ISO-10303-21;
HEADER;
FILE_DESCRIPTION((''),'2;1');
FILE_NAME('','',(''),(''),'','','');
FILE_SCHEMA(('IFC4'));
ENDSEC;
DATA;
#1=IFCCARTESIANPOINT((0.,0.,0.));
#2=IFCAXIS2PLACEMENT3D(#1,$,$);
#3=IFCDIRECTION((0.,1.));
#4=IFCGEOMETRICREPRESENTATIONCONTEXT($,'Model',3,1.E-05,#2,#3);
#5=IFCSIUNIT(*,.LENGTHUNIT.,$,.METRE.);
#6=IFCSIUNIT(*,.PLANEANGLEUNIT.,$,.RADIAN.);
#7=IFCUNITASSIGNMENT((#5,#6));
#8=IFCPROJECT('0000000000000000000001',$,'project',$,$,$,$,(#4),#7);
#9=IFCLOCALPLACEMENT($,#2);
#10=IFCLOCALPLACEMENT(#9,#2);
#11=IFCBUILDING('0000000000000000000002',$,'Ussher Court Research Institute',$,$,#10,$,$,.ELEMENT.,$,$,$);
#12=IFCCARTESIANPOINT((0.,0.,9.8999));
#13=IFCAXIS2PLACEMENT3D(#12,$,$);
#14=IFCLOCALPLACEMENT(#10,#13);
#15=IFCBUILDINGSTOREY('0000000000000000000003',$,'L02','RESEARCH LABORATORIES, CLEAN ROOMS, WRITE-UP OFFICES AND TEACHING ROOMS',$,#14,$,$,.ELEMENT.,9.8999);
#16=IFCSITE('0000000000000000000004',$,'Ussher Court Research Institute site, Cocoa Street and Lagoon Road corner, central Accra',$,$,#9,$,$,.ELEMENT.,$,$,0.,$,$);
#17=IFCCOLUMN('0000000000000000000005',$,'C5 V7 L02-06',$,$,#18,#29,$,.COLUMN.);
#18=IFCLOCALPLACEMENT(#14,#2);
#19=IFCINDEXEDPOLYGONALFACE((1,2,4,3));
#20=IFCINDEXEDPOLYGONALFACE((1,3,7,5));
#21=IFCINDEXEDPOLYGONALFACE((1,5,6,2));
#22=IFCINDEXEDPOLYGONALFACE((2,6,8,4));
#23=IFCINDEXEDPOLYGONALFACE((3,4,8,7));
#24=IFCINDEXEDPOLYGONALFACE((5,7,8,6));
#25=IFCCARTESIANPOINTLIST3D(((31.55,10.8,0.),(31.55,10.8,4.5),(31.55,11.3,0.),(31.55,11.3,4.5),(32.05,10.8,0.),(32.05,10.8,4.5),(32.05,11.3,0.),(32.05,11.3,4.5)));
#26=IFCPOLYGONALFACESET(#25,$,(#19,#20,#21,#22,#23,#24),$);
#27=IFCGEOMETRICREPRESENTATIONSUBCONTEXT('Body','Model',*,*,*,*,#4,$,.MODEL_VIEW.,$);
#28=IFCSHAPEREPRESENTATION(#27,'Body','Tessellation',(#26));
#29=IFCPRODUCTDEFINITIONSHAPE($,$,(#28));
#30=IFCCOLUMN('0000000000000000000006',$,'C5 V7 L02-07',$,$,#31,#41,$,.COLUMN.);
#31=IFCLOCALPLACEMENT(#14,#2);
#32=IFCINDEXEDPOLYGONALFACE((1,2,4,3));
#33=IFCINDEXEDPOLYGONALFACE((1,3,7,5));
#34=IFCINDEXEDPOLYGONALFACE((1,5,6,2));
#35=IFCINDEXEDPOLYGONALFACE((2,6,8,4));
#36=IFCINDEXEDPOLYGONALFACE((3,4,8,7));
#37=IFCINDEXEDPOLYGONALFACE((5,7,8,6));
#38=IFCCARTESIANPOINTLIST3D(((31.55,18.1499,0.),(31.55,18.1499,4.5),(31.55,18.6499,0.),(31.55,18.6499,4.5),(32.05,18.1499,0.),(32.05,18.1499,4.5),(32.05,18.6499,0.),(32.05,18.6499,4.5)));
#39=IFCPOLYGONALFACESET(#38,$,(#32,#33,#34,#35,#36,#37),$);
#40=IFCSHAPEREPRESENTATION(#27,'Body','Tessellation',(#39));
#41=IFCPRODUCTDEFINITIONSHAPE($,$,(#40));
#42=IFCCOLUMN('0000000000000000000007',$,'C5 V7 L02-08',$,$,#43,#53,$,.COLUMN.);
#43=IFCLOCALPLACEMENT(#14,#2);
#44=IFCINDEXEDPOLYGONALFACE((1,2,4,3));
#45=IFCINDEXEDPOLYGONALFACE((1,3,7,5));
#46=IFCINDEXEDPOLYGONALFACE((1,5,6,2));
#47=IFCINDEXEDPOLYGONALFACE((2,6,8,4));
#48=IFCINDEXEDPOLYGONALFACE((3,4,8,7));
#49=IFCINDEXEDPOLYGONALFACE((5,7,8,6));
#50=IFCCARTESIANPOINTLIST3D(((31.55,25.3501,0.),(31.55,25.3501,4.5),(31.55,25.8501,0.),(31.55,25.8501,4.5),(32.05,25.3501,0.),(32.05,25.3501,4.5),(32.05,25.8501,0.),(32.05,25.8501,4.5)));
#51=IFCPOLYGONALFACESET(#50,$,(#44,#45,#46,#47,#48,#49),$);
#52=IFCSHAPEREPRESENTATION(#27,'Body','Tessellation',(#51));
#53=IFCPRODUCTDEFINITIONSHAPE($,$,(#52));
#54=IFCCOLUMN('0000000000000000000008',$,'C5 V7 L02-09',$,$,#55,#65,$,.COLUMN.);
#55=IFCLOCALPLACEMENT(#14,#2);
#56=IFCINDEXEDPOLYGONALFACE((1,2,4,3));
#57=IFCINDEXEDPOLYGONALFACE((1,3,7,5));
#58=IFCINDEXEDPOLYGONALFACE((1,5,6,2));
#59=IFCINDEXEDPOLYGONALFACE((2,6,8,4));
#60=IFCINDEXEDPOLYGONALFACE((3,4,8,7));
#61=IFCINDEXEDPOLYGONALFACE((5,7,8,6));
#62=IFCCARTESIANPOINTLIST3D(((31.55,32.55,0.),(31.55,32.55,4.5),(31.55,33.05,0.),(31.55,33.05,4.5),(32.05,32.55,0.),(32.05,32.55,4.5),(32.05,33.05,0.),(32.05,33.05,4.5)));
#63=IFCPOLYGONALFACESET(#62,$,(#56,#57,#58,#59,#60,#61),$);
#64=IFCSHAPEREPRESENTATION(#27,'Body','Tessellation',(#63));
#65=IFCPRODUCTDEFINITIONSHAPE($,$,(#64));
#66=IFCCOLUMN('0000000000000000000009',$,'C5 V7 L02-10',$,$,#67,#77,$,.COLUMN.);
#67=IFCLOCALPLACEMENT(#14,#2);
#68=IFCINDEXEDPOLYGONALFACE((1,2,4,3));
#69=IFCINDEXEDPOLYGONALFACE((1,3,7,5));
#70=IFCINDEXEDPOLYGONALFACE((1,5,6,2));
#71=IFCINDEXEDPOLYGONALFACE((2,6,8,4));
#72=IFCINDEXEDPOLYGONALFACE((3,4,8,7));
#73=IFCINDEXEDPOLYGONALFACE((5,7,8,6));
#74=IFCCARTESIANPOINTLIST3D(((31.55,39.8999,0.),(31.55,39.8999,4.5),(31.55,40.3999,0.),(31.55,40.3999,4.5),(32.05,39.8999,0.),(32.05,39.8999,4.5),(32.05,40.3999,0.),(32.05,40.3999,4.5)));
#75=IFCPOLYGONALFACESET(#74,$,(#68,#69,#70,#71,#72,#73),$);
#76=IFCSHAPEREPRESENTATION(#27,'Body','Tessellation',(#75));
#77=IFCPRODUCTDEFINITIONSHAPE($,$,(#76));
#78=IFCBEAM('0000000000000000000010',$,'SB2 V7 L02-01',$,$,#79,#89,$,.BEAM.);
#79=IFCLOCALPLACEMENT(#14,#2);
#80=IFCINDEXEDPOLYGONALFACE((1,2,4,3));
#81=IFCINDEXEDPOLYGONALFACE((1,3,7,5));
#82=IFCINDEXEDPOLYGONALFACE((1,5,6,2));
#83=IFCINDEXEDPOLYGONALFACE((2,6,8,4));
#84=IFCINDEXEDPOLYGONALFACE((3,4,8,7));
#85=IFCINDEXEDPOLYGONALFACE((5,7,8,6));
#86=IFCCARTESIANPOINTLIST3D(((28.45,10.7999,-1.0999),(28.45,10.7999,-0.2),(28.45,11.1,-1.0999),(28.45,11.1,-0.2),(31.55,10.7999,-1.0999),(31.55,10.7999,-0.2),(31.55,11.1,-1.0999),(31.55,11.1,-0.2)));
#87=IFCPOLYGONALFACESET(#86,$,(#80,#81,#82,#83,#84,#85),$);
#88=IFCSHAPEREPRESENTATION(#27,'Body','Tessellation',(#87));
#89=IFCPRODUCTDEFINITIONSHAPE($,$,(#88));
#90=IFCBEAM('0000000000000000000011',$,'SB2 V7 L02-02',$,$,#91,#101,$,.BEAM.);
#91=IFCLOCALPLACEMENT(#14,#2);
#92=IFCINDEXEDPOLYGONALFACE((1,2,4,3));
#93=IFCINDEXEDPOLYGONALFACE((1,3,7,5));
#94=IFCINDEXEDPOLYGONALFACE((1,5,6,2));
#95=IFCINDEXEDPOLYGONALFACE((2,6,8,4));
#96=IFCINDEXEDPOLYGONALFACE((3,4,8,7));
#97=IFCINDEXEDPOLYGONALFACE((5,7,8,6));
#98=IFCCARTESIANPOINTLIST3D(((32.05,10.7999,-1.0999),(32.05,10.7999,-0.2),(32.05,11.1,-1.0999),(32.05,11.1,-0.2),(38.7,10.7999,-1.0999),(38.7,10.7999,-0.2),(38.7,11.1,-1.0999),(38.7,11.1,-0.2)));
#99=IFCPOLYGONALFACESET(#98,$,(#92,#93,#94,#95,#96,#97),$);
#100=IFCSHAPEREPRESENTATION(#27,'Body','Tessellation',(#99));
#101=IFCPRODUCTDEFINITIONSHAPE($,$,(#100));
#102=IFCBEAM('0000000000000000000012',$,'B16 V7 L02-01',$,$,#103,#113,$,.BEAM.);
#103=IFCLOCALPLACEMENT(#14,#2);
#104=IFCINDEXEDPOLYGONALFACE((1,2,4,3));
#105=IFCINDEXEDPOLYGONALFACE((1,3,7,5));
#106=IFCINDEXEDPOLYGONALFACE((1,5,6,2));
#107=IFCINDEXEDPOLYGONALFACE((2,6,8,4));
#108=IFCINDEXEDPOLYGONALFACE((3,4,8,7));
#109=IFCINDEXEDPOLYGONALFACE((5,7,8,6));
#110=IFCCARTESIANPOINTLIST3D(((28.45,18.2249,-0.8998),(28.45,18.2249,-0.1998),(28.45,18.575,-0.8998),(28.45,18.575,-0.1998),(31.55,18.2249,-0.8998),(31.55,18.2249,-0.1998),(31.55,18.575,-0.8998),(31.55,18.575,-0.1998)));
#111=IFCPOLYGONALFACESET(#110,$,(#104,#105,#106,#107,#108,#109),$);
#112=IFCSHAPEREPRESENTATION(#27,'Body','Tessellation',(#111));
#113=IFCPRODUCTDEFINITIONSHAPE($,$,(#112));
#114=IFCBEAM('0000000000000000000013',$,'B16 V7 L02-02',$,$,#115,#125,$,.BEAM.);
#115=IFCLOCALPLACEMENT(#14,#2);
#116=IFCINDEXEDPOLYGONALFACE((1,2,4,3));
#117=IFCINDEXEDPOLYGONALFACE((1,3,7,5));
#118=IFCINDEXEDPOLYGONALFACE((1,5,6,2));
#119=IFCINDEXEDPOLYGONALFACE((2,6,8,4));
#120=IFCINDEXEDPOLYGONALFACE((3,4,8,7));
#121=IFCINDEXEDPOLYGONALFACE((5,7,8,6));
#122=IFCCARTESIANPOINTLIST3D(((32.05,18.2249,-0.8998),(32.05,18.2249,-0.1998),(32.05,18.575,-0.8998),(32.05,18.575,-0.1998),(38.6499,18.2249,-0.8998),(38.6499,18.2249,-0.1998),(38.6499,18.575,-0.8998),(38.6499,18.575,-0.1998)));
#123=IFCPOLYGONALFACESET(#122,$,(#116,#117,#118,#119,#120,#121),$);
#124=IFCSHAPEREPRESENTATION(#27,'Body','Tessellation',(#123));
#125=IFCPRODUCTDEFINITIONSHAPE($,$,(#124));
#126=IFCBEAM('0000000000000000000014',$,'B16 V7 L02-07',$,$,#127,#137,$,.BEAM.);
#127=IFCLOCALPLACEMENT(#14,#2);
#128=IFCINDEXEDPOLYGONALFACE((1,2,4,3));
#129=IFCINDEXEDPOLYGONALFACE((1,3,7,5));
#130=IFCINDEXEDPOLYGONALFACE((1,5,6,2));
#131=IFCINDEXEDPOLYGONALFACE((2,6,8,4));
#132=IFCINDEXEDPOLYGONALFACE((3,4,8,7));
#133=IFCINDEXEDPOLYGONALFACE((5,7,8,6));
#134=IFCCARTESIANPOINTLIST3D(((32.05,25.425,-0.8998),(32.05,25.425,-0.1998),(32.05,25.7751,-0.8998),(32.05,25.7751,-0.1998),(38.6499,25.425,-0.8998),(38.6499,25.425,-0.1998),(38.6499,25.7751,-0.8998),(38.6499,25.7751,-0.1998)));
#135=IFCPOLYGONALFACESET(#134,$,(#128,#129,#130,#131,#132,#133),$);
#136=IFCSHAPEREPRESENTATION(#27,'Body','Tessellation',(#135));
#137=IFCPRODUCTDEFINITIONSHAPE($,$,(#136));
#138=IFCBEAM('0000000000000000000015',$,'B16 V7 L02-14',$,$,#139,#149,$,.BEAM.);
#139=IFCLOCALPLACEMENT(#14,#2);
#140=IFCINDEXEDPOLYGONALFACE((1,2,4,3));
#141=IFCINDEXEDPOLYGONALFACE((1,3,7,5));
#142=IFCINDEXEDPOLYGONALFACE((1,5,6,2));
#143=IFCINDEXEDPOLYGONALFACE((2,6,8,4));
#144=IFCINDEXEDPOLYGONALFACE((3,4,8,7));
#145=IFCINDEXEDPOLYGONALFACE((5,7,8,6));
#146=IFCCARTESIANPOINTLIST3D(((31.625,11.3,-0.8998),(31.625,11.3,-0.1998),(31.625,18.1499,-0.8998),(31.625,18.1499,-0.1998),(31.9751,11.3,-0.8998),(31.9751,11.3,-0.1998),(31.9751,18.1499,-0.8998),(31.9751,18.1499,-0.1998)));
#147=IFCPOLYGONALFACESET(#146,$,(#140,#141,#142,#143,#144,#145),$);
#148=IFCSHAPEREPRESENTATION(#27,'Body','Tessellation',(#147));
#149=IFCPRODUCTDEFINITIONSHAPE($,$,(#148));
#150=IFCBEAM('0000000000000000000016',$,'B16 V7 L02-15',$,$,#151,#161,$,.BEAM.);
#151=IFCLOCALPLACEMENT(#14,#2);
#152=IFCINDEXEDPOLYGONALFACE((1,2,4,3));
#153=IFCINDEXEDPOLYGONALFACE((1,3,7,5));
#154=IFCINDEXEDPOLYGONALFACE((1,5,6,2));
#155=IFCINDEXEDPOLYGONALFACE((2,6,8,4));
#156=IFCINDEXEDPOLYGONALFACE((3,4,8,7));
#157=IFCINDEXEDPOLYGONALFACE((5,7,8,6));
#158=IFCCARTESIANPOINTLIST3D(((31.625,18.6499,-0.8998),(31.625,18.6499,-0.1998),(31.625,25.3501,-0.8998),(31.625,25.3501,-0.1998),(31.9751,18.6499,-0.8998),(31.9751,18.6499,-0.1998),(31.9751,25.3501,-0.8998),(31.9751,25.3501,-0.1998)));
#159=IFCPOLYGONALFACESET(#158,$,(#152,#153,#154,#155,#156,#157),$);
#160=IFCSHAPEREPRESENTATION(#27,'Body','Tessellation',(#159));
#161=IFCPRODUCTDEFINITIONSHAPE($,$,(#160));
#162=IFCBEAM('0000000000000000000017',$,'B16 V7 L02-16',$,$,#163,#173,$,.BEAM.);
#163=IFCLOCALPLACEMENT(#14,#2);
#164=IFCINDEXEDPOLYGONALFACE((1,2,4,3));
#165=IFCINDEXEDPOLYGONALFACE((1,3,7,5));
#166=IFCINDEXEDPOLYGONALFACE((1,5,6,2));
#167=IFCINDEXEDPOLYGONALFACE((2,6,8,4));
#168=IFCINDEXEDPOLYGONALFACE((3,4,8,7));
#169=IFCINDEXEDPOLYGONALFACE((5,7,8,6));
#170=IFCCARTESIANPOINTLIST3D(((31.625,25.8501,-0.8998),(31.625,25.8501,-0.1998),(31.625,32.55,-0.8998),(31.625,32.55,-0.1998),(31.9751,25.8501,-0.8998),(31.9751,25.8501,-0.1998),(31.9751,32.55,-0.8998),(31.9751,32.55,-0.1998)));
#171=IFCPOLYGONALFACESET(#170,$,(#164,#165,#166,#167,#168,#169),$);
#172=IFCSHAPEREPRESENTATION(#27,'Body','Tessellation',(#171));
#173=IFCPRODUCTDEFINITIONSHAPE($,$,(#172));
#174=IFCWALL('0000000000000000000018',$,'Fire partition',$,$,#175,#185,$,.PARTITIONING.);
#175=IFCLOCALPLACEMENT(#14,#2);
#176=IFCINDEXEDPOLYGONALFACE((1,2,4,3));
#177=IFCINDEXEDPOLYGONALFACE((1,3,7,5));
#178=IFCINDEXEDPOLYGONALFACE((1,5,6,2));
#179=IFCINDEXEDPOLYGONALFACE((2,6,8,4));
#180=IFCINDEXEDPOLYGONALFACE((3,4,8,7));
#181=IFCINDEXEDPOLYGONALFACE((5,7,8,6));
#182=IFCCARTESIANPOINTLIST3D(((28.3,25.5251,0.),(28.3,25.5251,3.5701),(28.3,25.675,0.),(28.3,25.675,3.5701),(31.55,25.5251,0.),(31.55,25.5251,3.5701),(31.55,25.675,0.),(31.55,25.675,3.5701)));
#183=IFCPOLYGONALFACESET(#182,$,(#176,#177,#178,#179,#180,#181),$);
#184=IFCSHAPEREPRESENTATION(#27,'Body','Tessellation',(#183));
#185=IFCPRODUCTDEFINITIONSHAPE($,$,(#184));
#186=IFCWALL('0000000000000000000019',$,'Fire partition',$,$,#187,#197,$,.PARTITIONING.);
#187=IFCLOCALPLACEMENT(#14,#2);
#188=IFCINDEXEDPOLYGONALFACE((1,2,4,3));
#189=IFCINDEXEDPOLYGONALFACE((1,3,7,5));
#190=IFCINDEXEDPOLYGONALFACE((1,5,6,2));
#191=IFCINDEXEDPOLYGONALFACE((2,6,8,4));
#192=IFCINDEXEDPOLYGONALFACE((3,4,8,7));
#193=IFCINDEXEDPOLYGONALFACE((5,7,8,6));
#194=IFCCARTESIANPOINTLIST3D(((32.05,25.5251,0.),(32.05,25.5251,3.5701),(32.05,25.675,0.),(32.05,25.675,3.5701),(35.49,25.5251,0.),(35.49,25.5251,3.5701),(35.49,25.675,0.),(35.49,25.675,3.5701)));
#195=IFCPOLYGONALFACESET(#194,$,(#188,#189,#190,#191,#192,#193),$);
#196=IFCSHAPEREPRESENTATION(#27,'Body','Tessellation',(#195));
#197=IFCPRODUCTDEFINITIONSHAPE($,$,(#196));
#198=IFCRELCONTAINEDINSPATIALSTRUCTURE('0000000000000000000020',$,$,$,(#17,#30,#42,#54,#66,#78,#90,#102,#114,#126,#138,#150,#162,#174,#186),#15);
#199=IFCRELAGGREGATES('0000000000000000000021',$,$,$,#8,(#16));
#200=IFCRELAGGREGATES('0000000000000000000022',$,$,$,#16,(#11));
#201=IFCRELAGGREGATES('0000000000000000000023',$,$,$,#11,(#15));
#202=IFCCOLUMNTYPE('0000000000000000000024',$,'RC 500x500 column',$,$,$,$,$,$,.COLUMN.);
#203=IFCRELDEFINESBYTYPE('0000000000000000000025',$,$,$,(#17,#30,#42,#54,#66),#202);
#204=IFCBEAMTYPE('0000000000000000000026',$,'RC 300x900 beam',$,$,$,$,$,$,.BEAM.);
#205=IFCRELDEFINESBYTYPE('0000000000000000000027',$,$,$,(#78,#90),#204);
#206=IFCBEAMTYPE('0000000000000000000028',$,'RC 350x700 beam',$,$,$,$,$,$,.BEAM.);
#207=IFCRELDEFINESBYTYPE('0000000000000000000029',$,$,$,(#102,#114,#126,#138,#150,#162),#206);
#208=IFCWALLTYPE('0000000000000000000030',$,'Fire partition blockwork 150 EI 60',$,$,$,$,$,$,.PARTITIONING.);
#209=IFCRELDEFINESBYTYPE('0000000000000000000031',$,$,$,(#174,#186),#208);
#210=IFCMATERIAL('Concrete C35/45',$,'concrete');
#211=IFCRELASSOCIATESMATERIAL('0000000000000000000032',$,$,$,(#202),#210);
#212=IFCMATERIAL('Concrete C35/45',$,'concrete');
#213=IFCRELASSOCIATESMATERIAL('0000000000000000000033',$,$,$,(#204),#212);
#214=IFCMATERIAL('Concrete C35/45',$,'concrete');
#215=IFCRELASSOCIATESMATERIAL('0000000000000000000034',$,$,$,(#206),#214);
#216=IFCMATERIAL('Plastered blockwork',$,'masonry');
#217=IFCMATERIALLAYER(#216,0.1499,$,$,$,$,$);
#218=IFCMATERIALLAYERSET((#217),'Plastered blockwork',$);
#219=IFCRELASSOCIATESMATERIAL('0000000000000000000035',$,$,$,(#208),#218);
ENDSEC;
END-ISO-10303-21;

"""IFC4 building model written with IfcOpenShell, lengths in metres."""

from ifc_helpers import new_model, si_unit, direction, frame, frame_2d, origin, origin_2d, place, context, subcontext, project, spatial, rectangle, extrude, material, layer, layer_set, material_profile, profile_set, type_object, element, save


model = new_model("IFC4")

# Units and contexts
model_context = context("Model", 3, precision=1e-05, world=origin(), true_north=direction((0.0, 1.0)))
body_context = subcontext(model_context, "Body", "Model", "MODEL_VIEW")
ifc_project = project(units=[si_unit("LENGTHUNIT", "METRE"), si_unit("PLANEANGLEUNIT", "RADIAN")], contexts=[model_context])

# Site, building, storey
site_placement = place(None, origin())
site = spatial("IfcSite", under=ifc_project, at=site_placement, Name="Ussher Court Research Institute site, Cocoa Street and Lagoon Road corner, central Accra", CompositionType="ELEMENT", RefElevation=0.0)
building_placement = place(site_placement, origin())
building = spatial("IfcBuilding", under=site, at=building_placement, Name="Ussher Court Research Institute", CompositionType="ELEMENT")
storey_placement = place(building_placement, frame((0.0, 0.0, 9.8999)))
storey = spatial("IfcBuildingStorey", under=building, at=storey_placement, Name="L02", Description="RESEARCH LABORATORIES, CLEAN ROOMS, WRITE-UP OFFICES AND TEACHING ROOMS", CompositionType="ELEMENT", Elevation=9.8999)

# Columns
ifc_material_1 = material(Name="Concrete C35/45", Category="concrete")
ifc_material_profile_1 = material_profile(ifc_material_1, rectangle(XDim=0.5, YDim=0.5, at=origin_2d()), Name="RC 500x500")
ifc_profile_set_1 = profile_set([ifc_material_profile_1], Name="Concrete C35/45")
column_type = type_object("IfcColumnType", Name="RC 500x500 column", PredefinedType="COLUMN", material=ifc_profile_set_1)
for number, where, z_axis, x_axis, name in (
    (1, (31.8, 11.05, 0.0), (0.0, 0.0, 1.0), (1.0, 0.0, 0.0), "C5 V7 L02-06"),
    (2, (31.8, 18.3999, 0.0), (0.0, 0.0, 1.0), (1.0, 0.0, 0.0), "C5 V7 L02-07"),
    (3, (31.8, 25.6001, 0.0), (0.0, 0.0, 1.0), (1.0, 0.0, 0.0), "C5 V7 L02-08"),
    (4, (31.8, 32.8, 0.0), (0.0, 0.0, 1.0), (1.0, 0.0, 0.0), "C5 V7 L02-09"),
    (5, (31.8, 40.1499, 0.0), (0.0, 0.0, 1.0), (1.0, 0.0, 0.0), "C5 V7 L02-10"),
):
    element("IfcColumn", number, at=place(storey_placement, frame(where, z_axis=z_axis, x_axis=x_axis)), inside=storey, type_object=column_type, Name=name, PredefinedType="COLUMN", context=body_context, shape_type="SweptSolid", body=[
        extrude(rectangle(XDim=0.5, YDim=0.5, at=origin_2d()), origin(), (0.0, 0.0, 1.0), 4.5),
    ])

# Beams
ifc_material_2 = material(Name="Concrete C35/45", Category="concrete")
ifc_material_profile_2 = material_profile(ifc_material_2, rectangle(XDim=0.3, YDim=0.8999, at=origin_2d()), Name="RC 300x900")
ifc_profile_set_2 = profile_set([ifc_material_profile_2], Name="Concrete C35/45")
beam_type_1 = type_object("IfcBeamType", Name="RC 300x900 beam", PredefinedType="BEAM", material=ifc_profile_set_2)
beam_1_placement = place(storey_placement, frame((28.45, 10.95, -0.6499), z_axis=(1.0, 0.0, 0.0), x_axis=(0.0, 1.0, 0.0)))
element("IfcBeam", 6, at=beam_1_placement, inside=storey, type_object=beam_type_1, Name="SB2 V7 L02-01", PredefinedType="BEAM", context=body_context, shape_type="SweptSolid", body=[
    extrude(rectangle(XDim=0.3, YDim=0.8999, at=origin_2d()), origin(), (0.0, 0.0, 1.0), 3.1001),
])
beam_2_placement = place(storey_placement, frame((32.05, 10.95, -0.6499), z_axis=(1.0, 0.0, 0.0), x_axis=(0.0, 1.0, 0.0)))
element("IfcBeam", 7, at=beam_2_placement, inside=storey, type_object=beam_type_1, Name="SB2 V7 L02-02", PredefinedType="BEAM", context=body_context, shape_type="SweptSolid", body=[
    extrude(rectangle(XDim=0.3, YDim=0.8999, at=origin_2d()), origin(), (0.0, 0.0, 1.0), 6.6499),
])
ifc_material_3 = material(Name="Concrete C35/45", Category="concrete")
ifc_material_profile_3 = material_profile(ifc_material_3, rectangle(XDim=0.3501, YDim=0.7, at=origin_2d()), Name="RC 350x700")
ifc_profile_set_3 = profile_set([ifc_material_profile_3], Name="Concrete C35/45")
beam_type_2 = type_object("IfcBeamType", Name="RC 350x700 beam", PredefinedType="BEAM", material=ifc_profile_set_3)
beam_3_placement = place(storey_placement, frame((28.45, 18.3999, -0.5498), z_axis=(1.0, 0.0, 0.0), x_axis=(0.0, 1.0, 0.0)))
element("IfcBeam", 8, at=beam_3_placement, inside=storey, type_object=beam_type_2, Name="B16 V7 L02-01", PredefinedType="BEAM", context=body_context, shape_type="SweptSolid", body=[
    extrude(rectangle(XDim=0.3501, YDim=0.7, at=origin_2d()), origin(), (0.0, 0.0, 1.0), 3.1001),
])
for number, where, z_axis, x_axis, name in (
    (9, (32.05, 18.3999, -0.5498), (1.0, 0.0, 0.0), (0.0, 1.0, 0.0), "B16 V7 L02-02"),
    (10, (32.05, 25.6001, -0.5498), (1.0, 0.0, 0.0), (0.0, 1.0, 0.0), "B16 V7 L02-07"),
):
    element("IfcBeam", number, at=place(storey_placement, frame(where, z_axis=z_axis, x_axis=x_axis)), inside=storey, type_object=beam_type_2, Name=name, PredefinedType="BEAM", context=body_context, shape_type="SweptSolid", body=[
        extrude(rectangle(XDim=0.3501, YDim=0.7, at=origin_2d()), origin(), (0.0, 0.0, 1.0), 6.5999),
    ])
beam_4_placement = place(storey_placement, frame((31.8, 11.3, -0.5498), z_axis=(0.0, 1.0, 0.0), x_axis=(-1.0, 0.0, 0.0)))
element("IfcBeam", 11, at=beam_4_placement, inside=storey, type_object=beam_type_2, Name="B16 V7 L02-14", PredefinedType="BEAM", context=body_context, shape_type="SweptSolid", body=[
    extrude(rectangle(XDim=0.3501, YDim=0.7, at=origin_2d()), origin(), (0.0, 0.0, 1.0), 6.8499),
])
beam_5_placement = place(storey_placement, frame((31.8, 18.6499, -0.5498), z_axis=(0.0, 1.0, 0.0), x_axis=(-1.0, 0.0, 0.0)))
element("IfcBeam", 12, at=beam_5_placement, inside=storey, type_object=beam_type_2, Name="B16 V7 L02-15", PredefinedType="BEAM", context=body_context, shape_type="SweptSolid", body=[
    extrude(rectangle(XDim=0.3501, YDim=0.7, at=origin_2d()), origin(), (0.0, 0.0, 1.0), 6.7002),
])
beam_6_placement = place(storey_placement, frame((31.8, 25.8501, -0.5498), z_axis=(0.0, 1.0, 0.0), x_axis=(-1.0, 0.0, 0.0)))
element("IfcBeam", 13, at=beam_6_placement, inside=storey, type_object=beam_type_2, Name="B16 V7 L02-16", PredefinedType="BEAM", context=body_context, shape_type="SweptSolid", body=[
    extrude(rectangle(XDim=0.3501, YDim=0.7, at=origin_2d()), origin(), (0.0, 0.0, 1.0), 6.7),
])

# Walls
ifc_material_4 = material(Name="Plastered blockwork", Category="masonry")
ifc_layer_1 = layer(ifc_material_4, 0.1499)
ifc_layer_set_1 = layer_set([ifc_layer_1], Name="Plastered blockwork")
wall_type_1 = type_object("IfcWallType", Name="Fire partition blockwork 150 EI 60", PredefinedType="PARTITIONING", material=ifc_layer_set_1)
wall_1_placement = place(storey_placement, frame((28.3, 25.6001, 0.0), z_axis=(0.0, 0.0, 1.0), x_axis=(1.0, 0.0, 0.0)))
element("IfcWall", 14, at=wall_1_placement, inside=storey, type_object=wall_type_1, Name="Fire partition", PredefinedType="PARTITIONING", context=body_context, shape_type="SweptSolid", body=[
    extrude(rectangle(XDim=3.25, YDim=0.1499, at=frame_2d((1.625, 0.0))), origin(), (0.0, 0.0, 1.0), 3.5701),
])
wall_2_placement = place(storey_placement, frame((32.05, 25.6001, 0.0), z_axis=(0.0, 0.0, 1.0), x_axis=(1.0, 0.0, 0.0)))
element("IfcWall", 15, at=wall_2_placement, inside=storey, type_object=wall_type_1, Name="Fire partition", PredefinedType="PARTITIONING", context=body_context, shape_type="SweptSolid", body=[
    extrude(rectangle(XDim=3.4399, YDim=0.1499, at=frame_2d((1.72, 0.0))), origin(), (0.0, 0.0, 1.0), 3.5701),
])

save(model, "model.ifc")
